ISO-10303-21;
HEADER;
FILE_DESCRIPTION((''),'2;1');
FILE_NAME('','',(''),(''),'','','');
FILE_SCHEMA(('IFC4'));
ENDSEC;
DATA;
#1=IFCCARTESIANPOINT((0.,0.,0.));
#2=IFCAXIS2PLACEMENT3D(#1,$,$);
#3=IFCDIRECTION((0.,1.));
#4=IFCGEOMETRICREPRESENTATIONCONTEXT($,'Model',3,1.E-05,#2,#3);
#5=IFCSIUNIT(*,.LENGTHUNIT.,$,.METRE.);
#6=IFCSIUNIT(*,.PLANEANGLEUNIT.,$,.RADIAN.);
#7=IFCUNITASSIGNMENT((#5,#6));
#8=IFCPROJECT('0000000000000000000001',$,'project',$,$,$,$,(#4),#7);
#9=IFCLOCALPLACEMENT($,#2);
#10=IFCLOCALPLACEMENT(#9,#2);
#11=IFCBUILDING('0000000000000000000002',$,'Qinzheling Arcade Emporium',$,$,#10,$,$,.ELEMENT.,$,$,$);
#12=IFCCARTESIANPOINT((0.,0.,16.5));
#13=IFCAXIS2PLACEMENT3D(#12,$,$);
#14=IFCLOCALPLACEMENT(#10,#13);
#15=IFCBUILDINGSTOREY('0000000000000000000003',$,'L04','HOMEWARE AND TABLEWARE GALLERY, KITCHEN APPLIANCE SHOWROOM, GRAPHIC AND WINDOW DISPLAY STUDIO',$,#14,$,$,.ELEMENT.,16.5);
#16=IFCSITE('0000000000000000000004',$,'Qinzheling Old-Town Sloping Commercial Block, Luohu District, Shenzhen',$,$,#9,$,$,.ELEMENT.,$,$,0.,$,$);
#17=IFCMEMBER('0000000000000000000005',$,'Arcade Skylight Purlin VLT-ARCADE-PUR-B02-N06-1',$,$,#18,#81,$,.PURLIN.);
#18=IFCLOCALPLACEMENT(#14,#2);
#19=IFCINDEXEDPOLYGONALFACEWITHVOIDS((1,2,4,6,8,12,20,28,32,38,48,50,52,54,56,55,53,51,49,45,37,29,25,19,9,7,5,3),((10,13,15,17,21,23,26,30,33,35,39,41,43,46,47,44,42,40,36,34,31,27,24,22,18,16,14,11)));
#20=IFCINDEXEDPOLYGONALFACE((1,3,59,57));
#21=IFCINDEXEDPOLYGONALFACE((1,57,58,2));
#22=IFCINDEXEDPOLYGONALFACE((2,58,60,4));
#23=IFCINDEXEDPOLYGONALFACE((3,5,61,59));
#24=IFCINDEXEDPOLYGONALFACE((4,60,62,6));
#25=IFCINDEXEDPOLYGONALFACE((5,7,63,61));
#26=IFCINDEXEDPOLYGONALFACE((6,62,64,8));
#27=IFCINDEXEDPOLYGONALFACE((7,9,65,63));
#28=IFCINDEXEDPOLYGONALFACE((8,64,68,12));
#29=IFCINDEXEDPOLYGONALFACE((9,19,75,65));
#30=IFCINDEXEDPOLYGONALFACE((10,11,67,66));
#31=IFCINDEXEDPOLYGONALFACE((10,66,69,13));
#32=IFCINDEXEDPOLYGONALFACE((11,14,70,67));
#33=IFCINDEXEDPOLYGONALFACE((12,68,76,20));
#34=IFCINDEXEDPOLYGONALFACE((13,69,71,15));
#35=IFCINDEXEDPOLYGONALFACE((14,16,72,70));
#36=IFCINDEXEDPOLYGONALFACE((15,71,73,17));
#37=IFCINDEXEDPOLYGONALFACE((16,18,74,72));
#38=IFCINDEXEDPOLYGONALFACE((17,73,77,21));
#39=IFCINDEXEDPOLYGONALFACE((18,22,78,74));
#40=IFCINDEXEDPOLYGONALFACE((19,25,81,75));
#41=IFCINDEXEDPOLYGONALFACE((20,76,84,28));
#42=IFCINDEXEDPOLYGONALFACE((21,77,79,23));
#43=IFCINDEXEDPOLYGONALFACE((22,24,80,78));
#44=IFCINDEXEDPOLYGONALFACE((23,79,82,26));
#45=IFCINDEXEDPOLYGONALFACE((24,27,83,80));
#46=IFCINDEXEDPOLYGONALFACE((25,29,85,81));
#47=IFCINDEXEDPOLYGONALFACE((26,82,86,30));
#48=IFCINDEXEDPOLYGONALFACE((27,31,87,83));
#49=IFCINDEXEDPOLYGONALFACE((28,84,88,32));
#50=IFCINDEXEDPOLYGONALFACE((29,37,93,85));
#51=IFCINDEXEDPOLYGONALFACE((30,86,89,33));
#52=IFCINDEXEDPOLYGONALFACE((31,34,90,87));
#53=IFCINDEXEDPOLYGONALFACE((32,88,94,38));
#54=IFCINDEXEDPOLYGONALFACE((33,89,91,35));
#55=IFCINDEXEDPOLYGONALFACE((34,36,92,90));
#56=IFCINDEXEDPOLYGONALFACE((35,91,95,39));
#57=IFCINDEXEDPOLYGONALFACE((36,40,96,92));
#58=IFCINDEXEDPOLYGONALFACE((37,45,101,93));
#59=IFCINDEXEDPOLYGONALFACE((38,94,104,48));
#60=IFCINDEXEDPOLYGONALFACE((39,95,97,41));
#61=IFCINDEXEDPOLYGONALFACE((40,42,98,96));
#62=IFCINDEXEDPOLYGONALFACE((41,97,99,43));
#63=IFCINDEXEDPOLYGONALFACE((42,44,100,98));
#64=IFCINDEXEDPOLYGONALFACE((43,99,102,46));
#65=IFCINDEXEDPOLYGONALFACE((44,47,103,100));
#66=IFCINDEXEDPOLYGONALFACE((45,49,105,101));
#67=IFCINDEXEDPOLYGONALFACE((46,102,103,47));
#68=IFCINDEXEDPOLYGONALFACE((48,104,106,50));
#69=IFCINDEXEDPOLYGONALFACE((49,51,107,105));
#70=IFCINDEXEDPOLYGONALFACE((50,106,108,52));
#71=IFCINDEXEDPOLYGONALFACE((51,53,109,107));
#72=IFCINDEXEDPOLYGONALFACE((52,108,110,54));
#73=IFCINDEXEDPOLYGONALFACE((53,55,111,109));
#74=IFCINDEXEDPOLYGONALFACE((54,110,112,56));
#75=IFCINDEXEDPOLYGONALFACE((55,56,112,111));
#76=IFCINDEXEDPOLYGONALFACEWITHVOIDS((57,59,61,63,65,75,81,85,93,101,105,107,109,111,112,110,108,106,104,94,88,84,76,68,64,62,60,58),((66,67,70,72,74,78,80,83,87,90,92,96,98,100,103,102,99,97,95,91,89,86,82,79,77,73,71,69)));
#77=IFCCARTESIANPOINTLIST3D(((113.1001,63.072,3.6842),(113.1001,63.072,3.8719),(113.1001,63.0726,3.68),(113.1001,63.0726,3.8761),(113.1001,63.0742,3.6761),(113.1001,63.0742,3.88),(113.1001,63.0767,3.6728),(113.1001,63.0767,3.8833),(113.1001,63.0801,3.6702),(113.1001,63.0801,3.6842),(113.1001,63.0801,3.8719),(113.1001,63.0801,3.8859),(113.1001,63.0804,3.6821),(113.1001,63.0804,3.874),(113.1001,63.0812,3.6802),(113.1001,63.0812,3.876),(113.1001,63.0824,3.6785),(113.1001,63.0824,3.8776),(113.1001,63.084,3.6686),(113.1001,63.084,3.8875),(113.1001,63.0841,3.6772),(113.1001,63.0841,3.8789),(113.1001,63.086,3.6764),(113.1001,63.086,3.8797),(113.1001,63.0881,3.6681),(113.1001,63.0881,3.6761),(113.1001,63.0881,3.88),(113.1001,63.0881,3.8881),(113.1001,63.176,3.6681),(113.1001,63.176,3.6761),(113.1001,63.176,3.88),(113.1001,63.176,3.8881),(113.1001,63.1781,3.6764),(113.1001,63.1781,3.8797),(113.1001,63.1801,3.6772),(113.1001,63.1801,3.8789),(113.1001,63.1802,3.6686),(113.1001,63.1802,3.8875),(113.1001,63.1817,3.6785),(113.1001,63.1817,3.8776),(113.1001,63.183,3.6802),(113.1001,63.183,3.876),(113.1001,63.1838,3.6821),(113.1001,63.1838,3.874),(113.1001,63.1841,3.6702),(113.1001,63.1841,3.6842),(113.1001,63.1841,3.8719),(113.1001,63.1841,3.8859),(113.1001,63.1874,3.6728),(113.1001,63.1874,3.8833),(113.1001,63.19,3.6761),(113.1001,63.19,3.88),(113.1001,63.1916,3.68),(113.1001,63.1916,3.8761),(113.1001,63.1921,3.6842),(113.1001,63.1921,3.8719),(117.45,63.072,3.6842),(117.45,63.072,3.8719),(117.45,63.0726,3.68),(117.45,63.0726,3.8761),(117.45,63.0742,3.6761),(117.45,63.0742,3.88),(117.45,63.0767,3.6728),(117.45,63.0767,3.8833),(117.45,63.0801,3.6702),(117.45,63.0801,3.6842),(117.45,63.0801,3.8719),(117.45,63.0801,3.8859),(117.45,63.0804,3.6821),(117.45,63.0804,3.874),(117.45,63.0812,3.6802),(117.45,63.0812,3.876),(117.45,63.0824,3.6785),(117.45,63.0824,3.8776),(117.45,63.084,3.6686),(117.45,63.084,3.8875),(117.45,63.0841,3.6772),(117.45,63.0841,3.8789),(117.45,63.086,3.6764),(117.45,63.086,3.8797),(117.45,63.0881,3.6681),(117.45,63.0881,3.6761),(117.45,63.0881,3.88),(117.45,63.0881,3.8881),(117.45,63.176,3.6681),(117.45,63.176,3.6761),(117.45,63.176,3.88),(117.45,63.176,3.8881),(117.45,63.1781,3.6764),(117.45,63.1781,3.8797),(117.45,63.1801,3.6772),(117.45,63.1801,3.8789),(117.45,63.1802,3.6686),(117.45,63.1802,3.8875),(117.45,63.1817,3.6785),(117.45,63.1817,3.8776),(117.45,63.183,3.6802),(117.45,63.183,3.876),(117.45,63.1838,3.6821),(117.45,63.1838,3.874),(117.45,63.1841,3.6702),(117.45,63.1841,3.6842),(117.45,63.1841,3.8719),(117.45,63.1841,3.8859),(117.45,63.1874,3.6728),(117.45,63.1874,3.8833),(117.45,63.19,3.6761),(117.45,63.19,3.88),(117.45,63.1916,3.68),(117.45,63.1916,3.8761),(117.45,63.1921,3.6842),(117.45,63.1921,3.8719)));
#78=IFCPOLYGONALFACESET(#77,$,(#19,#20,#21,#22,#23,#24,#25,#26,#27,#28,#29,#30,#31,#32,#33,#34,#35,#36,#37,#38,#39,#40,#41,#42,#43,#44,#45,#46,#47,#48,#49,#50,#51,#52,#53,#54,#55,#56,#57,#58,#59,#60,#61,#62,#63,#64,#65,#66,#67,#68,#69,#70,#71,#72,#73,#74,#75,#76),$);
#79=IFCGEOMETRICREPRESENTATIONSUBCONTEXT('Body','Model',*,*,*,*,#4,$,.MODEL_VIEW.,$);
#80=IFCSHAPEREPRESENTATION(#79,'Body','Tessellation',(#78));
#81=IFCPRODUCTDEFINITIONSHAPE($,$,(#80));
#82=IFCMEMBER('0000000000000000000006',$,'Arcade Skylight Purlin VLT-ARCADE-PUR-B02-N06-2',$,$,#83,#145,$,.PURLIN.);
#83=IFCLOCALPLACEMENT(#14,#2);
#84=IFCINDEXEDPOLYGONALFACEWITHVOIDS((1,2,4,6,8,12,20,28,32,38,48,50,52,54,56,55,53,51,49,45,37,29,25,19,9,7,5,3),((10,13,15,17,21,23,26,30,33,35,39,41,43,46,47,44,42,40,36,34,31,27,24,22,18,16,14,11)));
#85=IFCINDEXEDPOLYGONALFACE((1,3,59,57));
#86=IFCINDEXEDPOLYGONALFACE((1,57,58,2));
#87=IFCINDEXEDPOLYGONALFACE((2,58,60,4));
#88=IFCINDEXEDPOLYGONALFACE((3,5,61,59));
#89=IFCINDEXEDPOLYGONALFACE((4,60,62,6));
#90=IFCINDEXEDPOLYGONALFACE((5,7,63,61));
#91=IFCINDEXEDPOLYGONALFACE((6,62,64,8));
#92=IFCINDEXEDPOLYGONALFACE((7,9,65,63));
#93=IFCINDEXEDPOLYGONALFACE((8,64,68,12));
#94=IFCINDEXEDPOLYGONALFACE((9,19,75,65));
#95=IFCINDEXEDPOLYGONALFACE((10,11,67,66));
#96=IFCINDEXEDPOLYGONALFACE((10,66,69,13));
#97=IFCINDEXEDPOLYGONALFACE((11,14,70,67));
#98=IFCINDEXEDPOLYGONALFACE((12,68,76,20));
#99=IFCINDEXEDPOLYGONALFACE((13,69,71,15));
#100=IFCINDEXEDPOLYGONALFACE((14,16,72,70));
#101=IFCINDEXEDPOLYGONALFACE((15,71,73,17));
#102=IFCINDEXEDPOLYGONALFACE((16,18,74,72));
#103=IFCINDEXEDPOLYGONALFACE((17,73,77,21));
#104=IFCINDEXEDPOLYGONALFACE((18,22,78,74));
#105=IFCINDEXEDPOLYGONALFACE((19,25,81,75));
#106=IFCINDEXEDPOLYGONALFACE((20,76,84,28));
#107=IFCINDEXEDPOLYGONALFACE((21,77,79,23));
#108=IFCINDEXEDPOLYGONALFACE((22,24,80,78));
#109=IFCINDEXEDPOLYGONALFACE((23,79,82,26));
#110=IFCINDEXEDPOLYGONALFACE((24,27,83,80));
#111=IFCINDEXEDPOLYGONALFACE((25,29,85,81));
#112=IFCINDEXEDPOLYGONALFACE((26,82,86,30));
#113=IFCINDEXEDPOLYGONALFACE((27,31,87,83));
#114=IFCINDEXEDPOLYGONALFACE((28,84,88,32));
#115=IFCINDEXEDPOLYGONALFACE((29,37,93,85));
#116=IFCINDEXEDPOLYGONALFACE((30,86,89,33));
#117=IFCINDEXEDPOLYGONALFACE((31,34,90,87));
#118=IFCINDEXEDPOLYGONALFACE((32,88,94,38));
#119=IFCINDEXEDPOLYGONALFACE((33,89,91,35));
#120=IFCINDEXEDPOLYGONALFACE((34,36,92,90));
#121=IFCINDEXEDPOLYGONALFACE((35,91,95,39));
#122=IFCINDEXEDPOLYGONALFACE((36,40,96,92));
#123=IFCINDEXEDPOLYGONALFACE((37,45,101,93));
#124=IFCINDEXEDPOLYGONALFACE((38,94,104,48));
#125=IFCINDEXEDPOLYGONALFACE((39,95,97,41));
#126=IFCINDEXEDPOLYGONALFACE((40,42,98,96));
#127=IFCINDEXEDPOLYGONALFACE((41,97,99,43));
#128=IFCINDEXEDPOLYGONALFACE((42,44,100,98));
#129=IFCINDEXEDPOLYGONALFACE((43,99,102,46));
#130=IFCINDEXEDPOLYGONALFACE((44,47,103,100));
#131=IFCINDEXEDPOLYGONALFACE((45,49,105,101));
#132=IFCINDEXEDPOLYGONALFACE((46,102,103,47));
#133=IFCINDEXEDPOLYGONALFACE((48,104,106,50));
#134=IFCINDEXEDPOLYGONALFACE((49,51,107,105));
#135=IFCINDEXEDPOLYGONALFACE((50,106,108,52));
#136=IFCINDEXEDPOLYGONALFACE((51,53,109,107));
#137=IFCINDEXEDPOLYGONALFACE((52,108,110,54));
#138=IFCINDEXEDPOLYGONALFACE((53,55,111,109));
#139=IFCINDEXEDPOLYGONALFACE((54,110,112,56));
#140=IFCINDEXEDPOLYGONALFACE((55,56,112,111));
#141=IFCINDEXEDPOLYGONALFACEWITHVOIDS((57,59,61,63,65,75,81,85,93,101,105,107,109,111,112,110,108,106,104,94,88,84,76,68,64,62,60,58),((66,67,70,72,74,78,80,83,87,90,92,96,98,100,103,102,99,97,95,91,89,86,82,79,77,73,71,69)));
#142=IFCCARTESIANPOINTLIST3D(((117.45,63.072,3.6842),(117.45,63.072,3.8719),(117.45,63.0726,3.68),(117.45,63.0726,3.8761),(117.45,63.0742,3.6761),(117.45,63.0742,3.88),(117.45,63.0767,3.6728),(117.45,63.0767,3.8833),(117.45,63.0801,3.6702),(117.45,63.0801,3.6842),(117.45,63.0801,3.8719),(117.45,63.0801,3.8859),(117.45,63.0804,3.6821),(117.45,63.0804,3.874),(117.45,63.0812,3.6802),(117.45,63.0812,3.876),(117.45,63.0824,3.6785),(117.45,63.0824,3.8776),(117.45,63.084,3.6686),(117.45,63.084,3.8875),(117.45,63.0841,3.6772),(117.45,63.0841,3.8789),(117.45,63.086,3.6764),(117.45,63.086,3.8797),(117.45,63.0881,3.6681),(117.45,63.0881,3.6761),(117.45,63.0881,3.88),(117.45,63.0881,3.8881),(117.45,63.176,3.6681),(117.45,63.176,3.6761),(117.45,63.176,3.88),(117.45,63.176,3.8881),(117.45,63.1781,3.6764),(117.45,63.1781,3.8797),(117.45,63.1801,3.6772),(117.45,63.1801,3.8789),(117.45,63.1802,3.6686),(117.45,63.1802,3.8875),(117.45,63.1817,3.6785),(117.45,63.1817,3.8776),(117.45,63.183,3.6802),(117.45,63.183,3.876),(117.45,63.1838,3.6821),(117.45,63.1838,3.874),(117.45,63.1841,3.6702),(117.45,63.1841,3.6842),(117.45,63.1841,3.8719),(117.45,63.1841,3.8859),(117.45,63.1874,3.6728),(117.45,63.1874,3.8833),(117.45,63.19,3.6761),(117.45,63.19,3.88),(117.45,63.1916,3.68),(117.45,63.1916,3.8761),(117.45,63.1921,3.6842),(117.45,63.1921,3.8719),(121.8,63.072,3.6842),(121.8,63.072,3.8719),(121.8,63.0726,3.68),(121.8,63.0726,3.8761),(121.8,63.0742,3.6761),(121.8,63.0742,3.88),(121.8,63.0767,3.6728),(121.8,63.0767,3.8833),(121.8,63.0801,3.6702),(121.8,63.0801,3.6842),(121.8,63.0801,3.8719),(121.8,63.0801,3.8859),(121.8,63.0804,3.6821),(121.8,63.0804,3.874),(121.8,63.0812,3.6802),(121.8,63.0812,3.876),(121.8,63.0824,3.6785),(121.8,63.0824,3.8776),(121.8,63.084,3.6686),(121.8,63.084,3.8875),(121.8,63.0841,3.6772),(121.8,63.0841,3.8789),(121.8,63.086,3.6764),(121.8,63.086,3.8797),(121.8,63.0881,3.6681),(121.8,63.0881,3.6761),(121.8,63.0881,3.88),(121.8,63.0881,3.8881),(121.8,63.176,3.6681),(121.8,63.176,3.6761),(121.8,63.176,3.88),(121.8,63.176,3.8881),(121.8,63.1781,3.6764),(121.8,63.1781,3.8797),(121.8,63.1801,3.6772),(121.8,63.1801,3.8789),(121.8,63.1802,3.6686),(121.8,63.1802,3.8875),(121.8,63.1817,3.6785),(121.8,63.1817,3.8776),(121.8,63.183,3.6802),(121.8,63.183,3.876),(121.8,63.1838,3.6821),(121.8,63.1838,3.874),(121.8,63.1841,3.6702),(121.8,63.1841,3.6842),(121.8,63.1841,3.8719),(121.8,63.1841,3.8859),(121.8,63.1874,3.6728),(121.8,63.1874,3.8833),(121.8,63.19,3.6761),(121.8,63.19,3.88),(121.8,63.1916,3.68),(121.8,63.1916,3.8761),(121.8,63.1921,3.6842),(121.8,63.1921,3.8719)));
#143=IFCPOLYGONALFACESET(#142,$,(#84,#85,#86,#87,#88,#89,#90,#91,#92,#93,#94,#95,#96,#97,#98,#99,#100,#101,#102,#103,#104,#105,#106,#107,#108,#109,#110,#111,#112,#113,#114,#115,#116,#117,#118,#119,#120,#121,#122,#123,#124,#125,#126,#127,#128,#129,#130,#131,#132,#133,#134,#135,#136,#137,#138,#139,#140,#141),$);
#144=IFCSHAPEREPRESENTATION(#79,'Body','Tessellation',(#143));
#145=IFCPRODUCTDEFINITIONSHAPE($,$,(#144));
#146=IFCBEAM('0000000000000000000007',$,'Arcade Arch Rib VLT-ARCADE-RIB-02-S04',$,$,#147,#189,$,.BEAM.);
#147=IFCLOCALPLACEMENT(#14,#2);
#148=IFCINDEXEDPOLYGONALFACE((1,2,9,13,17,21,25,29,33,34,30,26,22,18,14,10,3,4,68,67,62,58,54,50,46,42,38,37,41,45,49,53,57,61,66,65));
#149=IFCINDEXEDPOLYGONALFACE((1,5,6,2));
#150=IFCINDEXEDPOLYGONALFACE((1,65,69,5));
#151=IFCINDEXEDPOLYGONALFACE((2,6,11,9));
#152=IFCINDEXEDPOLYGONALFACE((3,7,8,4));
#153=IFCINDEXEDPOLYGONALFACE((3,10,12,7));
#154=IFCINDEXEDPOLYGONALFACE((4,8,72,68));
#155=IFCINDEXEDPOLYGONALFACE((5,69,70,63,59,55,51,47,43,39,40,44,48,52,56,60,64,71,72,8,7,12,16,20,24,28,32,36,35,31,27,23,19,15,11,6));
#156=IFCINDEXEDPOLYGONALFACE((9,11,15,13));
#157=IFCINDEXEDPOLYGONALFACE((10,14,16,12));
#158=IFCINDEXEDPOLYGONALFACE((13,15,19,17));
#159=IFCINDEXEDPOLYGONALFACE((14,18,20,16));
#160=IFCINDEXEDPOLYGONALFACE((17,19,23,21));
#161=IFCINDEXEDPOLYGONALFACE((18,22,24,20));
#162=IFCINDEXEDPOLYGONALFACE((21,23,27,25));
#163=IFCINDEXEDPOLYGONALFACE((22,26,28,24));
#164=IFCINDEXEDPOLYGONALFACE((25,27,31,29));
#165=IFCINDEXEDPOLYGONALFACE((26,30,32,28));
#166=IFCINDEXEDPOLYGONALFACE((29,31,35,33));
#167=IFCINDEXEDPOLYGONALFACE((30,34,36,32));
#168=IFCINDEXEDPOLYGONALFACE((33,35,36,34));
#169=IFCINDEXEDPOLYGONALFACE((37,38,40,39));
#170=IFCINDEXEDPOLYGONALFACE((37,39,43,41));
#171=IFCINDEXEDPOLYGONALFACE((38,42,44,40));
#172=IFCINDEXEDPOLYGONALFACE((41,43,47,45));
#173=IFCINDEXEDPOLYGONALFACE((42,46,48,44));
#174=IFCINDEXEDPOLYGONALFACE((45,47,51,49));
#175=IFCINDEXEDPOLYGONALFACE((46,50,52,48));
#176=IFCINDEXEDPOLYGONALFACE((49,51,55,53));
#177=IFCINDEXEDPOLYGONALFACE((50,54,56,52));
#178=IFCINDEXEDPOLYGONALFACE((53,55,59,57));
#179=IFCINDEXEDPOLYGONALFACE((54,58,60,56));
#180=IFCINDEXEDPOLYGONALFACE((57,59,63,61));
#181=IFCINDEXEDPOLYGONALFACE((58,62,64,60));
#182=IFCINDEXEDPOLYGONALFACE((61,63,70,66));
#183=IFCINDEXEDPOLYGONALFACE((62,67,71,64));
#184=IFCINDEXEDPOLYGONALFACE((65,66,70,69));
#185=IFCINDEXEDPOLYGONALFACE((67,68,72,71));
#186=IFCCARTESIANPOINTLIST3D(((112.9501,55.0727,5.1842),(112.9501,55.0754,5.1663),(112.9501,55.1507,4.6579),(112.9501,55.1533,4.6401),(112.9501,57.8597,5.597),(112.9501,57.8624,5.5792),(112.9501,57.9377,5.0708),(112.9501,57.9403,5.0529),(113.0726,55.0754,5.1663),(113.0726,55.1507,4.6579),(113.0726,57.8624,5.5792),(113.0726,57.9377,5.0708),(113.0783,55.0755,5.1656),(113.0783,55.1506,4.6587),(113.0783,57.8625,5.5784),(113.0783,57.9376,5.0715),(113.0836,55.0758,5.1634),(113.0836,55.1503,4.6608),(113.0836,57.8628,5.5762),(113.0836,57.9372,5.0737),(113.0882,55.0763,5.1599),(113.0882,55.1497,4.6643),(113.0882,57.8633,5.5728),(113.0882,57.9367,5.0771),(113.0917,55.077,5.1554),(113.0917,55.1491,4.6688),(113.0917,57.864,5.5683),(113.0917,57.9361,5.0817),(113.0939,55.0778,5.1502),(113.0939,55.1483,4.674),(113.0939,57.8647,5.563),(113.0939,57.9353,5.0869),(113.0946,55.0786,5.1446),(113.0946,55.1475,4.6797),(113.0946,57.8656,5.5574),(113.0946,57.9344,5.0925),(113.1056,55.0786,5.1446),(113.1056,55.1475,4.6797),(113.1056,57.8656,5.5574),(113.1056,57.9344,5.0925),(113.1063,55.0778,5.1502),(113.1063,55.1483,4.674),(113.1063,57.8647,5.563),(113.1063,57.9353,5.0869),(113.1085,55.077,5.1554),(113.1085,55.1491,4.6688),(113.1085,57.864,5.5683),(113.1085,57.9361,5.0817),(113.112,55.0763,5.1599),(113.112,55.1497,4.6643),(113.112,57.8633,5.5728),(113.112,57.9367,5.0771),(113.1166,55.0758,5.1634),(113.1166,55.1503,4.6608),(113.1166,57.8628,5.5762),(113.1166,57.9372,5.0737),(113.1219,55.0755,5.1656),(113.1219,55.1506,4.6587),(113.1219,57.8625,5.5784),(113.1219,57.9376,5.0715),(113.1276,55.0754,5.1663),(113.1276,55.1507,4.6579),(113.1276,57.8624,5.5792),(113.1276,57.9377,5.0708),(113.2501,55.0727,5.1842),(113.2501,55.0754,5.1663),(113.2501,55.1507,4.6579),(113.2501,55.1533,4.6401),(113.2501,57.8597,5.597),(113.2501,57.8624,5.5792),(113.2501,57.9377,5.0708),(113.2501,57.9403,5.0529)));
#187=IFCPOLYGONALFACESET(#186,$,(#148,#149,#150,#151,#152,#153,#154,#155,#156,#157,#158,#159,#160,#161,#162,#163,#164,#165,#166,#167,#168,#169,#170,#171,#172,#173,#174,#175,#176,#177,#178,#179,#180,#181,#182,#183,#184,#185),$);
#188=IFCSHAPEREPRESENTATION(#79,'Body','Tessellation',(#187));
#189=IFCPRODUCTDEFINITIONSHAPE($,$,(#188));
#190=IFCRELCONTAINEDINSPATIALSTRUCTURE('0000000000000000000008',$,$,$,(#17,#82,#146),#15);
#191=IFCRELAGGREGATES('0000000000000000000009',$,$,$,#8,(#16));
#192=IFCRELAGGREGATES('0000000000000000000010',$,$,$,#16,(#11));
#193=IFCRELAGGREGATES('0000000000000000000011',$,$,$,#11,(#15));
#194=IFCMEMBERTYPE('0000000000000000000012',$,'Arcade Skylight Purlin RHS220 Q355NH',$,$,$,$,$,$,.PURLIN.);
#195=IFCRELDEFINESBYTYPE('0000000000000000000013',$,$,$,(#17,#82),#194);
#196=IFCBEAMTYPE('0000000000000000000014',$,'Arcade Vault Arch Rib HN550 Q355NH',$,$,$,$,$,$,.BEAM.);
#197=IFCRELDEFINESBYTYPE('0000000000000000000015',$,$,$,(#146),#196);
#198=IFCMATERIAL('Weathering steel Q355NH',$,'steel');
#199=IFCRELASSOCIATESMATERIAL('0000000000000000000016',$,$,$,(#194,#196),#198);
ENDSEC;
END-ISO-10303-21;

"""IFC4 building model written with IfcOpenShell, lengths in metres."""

from ifc_helpers import new_model, si_unit, direction, frame, origin, origin_2d, place, context, subcontext, project, spatial, hollow_rectangle, i_section, extrude, material, material_profile, profile_set, type_object, element, save


model = new_model("IFC4")

# Units and contexts
model_context = context("Model", 3, precision=1e-05, world=origin(), true_north=direction((0.0, 1.0)))
body_context = subcontext(model_context, "Body", "Model", "MODEL_VIEW")
ifc_project = project(units=[si_unit("LENGTHUNIT", "METRE"), si_unit("PLANEANGLEUNIT", "RADIAN")], contexts=[model_context])

# Site, building, storey
site_placement = place(None, origin())
site = spatial("IfcSite", under=ifc_project, at=site_placement, Name="Qinzheling Old-Town Sloping Commercial Block, Luohu District, Shenzhen", CompositionType="ELEMENT", RefElevation=0.0)
building_placement = place(site_placement, origin())
building = spatial("IfcBuilding", under=site, at=building_placement, Name="Qinzheling Arcade Emporium", CompositionType="ELEMENT")
storey_placement = place(building_placement, frame((0.0, 0.0, 16.5)))
storey = spatial("IfcBuildingStorey", under=building, at=storey_placement, Name="L04", Description="HOMEWARE AND TABLEWARE GALLERY, KITCHEN APPLIANCE SHOWROOM, GRAPHIC AND WINDOW DISPLAY STUDIO", CompositionType="ELEMENT", Elevation=16.5)

# Shared definitions
ifc_material_1 = material(Name="Weathering steel Q355NH", Category="steel")

# Members
ifc_material_profile_1 = material_profile(ifc_material_1, hollow_rectangle(XDim=0.1201, YDim=0.22, WallThickness=0.0081, InnerFilletRadius=0.0081, OuterFilletRadius=0.0161, at=origin_2d()), Name="RHS 220x120x8", Category="steel")
ifc_profile_set_1 = profile_set([ifc_material_profile_1], Name="Weathering steel Q355NH")
member_type_1 = type_object("IfcMemberType", Name="Arcade Skylight Purlin RHS220 Q355NH", PredefinedType="PURLIN", material=ifc_profile_set_1)
member_1_placement = place(storey_placement, frame((113.1001, 63.1321, 3.7781), z_axis=(1.0, 0.0, 0.0), x_axis=(0.0, 1.0, 0.0)))
element("IfcMember", 1, at=member_1_placement, inside=storey, type_object=member_type_1, Name="Arcade Skylight Purlin VLT-ARCADE-PUR-B02-N06-1", PredefinedType="PURLIN", context=body_context, shape_type="SweptSolid", body=[
    extrude(hollow_rectangle(XDim=0.1201, YDim=0.22, WallThickness=0.0081, InnerFilletRadius=0.0081, OuterFilletRadius=0.0161, at=origin_2d()), origin(), (0.0, 0.0, 1.0), 4.3499),
])
member_2_placement = place(storey_placement, frame((117.45, 63.1321, 3.7781), z_axis=(1.0, 0.0, 0.0), x_axis=(0.0, 1.0, 0.0)))
element("IfcMember", 2, at=member_2_placement, inside=storey, type_object=member_type_1, Name="Arcade Skylight Purlin VLT-ARCADE-PUR-B02-N06-2", PredefinedType="PURLIN", context=body_context, shape_type="SweptSolid", body=[
    extrude(hollow_rectangle(XDim=0.1201, YDim=0.22, WallThickness=0.0081, InnerFilletRadius=0.0081, OuterFilletRadius=0.0161, at=origin_2d()), origin(), (0.0, 0.0, 1.0), 4.3501),
])

# Beam
ifc_material_profile_2 = material_profile(ifc_material_1, i_section(OverallWidth=0.3, OverallDepth=0.55, WebThickness=0.011, FlangeThickness=0.0181, FilletRadius=0.022, at=origin_2d()), Name="HN 550x300x11x18", Category="steel")
ifc_profile_set_2 = profile_set([ifc_material_profile_2], Name="Weathering steel Q355NH")
beam_type_1 = type_object("IfcBeamType", Name="Arcade Vault Arch Rib HN550 Q355NH", PredefinedType="BEAM", material=ifc_profile_set_2)
beam_1_placement = place(storey_placement, frame((113.1001, 55.113, 4.9121), z_axis=(0.0, 0.989205, 0.146539), x_axis=(-1.0, 0.0, 0.0)))
element("IfcBeam", 3, at=beam_1_placement, inside=storey, type_object=beam_type_1, Name="Arcade Arch Rib VLT-ARCADE-RIB-02-S04", PredefinedType="BEAM", context=body_context, shape_type="SweptSolid", body=[
    extrude(i_section(OverallWidth=0.3, OverallDepth=0.55, WebThickness=0.011, FlangeThickness=0.0181, FilletRadius=0.022, at=origin_2d()), origin(), (0.0, 0.0, 1.0), 2.8174),
])

save(model, "model.ifc")
